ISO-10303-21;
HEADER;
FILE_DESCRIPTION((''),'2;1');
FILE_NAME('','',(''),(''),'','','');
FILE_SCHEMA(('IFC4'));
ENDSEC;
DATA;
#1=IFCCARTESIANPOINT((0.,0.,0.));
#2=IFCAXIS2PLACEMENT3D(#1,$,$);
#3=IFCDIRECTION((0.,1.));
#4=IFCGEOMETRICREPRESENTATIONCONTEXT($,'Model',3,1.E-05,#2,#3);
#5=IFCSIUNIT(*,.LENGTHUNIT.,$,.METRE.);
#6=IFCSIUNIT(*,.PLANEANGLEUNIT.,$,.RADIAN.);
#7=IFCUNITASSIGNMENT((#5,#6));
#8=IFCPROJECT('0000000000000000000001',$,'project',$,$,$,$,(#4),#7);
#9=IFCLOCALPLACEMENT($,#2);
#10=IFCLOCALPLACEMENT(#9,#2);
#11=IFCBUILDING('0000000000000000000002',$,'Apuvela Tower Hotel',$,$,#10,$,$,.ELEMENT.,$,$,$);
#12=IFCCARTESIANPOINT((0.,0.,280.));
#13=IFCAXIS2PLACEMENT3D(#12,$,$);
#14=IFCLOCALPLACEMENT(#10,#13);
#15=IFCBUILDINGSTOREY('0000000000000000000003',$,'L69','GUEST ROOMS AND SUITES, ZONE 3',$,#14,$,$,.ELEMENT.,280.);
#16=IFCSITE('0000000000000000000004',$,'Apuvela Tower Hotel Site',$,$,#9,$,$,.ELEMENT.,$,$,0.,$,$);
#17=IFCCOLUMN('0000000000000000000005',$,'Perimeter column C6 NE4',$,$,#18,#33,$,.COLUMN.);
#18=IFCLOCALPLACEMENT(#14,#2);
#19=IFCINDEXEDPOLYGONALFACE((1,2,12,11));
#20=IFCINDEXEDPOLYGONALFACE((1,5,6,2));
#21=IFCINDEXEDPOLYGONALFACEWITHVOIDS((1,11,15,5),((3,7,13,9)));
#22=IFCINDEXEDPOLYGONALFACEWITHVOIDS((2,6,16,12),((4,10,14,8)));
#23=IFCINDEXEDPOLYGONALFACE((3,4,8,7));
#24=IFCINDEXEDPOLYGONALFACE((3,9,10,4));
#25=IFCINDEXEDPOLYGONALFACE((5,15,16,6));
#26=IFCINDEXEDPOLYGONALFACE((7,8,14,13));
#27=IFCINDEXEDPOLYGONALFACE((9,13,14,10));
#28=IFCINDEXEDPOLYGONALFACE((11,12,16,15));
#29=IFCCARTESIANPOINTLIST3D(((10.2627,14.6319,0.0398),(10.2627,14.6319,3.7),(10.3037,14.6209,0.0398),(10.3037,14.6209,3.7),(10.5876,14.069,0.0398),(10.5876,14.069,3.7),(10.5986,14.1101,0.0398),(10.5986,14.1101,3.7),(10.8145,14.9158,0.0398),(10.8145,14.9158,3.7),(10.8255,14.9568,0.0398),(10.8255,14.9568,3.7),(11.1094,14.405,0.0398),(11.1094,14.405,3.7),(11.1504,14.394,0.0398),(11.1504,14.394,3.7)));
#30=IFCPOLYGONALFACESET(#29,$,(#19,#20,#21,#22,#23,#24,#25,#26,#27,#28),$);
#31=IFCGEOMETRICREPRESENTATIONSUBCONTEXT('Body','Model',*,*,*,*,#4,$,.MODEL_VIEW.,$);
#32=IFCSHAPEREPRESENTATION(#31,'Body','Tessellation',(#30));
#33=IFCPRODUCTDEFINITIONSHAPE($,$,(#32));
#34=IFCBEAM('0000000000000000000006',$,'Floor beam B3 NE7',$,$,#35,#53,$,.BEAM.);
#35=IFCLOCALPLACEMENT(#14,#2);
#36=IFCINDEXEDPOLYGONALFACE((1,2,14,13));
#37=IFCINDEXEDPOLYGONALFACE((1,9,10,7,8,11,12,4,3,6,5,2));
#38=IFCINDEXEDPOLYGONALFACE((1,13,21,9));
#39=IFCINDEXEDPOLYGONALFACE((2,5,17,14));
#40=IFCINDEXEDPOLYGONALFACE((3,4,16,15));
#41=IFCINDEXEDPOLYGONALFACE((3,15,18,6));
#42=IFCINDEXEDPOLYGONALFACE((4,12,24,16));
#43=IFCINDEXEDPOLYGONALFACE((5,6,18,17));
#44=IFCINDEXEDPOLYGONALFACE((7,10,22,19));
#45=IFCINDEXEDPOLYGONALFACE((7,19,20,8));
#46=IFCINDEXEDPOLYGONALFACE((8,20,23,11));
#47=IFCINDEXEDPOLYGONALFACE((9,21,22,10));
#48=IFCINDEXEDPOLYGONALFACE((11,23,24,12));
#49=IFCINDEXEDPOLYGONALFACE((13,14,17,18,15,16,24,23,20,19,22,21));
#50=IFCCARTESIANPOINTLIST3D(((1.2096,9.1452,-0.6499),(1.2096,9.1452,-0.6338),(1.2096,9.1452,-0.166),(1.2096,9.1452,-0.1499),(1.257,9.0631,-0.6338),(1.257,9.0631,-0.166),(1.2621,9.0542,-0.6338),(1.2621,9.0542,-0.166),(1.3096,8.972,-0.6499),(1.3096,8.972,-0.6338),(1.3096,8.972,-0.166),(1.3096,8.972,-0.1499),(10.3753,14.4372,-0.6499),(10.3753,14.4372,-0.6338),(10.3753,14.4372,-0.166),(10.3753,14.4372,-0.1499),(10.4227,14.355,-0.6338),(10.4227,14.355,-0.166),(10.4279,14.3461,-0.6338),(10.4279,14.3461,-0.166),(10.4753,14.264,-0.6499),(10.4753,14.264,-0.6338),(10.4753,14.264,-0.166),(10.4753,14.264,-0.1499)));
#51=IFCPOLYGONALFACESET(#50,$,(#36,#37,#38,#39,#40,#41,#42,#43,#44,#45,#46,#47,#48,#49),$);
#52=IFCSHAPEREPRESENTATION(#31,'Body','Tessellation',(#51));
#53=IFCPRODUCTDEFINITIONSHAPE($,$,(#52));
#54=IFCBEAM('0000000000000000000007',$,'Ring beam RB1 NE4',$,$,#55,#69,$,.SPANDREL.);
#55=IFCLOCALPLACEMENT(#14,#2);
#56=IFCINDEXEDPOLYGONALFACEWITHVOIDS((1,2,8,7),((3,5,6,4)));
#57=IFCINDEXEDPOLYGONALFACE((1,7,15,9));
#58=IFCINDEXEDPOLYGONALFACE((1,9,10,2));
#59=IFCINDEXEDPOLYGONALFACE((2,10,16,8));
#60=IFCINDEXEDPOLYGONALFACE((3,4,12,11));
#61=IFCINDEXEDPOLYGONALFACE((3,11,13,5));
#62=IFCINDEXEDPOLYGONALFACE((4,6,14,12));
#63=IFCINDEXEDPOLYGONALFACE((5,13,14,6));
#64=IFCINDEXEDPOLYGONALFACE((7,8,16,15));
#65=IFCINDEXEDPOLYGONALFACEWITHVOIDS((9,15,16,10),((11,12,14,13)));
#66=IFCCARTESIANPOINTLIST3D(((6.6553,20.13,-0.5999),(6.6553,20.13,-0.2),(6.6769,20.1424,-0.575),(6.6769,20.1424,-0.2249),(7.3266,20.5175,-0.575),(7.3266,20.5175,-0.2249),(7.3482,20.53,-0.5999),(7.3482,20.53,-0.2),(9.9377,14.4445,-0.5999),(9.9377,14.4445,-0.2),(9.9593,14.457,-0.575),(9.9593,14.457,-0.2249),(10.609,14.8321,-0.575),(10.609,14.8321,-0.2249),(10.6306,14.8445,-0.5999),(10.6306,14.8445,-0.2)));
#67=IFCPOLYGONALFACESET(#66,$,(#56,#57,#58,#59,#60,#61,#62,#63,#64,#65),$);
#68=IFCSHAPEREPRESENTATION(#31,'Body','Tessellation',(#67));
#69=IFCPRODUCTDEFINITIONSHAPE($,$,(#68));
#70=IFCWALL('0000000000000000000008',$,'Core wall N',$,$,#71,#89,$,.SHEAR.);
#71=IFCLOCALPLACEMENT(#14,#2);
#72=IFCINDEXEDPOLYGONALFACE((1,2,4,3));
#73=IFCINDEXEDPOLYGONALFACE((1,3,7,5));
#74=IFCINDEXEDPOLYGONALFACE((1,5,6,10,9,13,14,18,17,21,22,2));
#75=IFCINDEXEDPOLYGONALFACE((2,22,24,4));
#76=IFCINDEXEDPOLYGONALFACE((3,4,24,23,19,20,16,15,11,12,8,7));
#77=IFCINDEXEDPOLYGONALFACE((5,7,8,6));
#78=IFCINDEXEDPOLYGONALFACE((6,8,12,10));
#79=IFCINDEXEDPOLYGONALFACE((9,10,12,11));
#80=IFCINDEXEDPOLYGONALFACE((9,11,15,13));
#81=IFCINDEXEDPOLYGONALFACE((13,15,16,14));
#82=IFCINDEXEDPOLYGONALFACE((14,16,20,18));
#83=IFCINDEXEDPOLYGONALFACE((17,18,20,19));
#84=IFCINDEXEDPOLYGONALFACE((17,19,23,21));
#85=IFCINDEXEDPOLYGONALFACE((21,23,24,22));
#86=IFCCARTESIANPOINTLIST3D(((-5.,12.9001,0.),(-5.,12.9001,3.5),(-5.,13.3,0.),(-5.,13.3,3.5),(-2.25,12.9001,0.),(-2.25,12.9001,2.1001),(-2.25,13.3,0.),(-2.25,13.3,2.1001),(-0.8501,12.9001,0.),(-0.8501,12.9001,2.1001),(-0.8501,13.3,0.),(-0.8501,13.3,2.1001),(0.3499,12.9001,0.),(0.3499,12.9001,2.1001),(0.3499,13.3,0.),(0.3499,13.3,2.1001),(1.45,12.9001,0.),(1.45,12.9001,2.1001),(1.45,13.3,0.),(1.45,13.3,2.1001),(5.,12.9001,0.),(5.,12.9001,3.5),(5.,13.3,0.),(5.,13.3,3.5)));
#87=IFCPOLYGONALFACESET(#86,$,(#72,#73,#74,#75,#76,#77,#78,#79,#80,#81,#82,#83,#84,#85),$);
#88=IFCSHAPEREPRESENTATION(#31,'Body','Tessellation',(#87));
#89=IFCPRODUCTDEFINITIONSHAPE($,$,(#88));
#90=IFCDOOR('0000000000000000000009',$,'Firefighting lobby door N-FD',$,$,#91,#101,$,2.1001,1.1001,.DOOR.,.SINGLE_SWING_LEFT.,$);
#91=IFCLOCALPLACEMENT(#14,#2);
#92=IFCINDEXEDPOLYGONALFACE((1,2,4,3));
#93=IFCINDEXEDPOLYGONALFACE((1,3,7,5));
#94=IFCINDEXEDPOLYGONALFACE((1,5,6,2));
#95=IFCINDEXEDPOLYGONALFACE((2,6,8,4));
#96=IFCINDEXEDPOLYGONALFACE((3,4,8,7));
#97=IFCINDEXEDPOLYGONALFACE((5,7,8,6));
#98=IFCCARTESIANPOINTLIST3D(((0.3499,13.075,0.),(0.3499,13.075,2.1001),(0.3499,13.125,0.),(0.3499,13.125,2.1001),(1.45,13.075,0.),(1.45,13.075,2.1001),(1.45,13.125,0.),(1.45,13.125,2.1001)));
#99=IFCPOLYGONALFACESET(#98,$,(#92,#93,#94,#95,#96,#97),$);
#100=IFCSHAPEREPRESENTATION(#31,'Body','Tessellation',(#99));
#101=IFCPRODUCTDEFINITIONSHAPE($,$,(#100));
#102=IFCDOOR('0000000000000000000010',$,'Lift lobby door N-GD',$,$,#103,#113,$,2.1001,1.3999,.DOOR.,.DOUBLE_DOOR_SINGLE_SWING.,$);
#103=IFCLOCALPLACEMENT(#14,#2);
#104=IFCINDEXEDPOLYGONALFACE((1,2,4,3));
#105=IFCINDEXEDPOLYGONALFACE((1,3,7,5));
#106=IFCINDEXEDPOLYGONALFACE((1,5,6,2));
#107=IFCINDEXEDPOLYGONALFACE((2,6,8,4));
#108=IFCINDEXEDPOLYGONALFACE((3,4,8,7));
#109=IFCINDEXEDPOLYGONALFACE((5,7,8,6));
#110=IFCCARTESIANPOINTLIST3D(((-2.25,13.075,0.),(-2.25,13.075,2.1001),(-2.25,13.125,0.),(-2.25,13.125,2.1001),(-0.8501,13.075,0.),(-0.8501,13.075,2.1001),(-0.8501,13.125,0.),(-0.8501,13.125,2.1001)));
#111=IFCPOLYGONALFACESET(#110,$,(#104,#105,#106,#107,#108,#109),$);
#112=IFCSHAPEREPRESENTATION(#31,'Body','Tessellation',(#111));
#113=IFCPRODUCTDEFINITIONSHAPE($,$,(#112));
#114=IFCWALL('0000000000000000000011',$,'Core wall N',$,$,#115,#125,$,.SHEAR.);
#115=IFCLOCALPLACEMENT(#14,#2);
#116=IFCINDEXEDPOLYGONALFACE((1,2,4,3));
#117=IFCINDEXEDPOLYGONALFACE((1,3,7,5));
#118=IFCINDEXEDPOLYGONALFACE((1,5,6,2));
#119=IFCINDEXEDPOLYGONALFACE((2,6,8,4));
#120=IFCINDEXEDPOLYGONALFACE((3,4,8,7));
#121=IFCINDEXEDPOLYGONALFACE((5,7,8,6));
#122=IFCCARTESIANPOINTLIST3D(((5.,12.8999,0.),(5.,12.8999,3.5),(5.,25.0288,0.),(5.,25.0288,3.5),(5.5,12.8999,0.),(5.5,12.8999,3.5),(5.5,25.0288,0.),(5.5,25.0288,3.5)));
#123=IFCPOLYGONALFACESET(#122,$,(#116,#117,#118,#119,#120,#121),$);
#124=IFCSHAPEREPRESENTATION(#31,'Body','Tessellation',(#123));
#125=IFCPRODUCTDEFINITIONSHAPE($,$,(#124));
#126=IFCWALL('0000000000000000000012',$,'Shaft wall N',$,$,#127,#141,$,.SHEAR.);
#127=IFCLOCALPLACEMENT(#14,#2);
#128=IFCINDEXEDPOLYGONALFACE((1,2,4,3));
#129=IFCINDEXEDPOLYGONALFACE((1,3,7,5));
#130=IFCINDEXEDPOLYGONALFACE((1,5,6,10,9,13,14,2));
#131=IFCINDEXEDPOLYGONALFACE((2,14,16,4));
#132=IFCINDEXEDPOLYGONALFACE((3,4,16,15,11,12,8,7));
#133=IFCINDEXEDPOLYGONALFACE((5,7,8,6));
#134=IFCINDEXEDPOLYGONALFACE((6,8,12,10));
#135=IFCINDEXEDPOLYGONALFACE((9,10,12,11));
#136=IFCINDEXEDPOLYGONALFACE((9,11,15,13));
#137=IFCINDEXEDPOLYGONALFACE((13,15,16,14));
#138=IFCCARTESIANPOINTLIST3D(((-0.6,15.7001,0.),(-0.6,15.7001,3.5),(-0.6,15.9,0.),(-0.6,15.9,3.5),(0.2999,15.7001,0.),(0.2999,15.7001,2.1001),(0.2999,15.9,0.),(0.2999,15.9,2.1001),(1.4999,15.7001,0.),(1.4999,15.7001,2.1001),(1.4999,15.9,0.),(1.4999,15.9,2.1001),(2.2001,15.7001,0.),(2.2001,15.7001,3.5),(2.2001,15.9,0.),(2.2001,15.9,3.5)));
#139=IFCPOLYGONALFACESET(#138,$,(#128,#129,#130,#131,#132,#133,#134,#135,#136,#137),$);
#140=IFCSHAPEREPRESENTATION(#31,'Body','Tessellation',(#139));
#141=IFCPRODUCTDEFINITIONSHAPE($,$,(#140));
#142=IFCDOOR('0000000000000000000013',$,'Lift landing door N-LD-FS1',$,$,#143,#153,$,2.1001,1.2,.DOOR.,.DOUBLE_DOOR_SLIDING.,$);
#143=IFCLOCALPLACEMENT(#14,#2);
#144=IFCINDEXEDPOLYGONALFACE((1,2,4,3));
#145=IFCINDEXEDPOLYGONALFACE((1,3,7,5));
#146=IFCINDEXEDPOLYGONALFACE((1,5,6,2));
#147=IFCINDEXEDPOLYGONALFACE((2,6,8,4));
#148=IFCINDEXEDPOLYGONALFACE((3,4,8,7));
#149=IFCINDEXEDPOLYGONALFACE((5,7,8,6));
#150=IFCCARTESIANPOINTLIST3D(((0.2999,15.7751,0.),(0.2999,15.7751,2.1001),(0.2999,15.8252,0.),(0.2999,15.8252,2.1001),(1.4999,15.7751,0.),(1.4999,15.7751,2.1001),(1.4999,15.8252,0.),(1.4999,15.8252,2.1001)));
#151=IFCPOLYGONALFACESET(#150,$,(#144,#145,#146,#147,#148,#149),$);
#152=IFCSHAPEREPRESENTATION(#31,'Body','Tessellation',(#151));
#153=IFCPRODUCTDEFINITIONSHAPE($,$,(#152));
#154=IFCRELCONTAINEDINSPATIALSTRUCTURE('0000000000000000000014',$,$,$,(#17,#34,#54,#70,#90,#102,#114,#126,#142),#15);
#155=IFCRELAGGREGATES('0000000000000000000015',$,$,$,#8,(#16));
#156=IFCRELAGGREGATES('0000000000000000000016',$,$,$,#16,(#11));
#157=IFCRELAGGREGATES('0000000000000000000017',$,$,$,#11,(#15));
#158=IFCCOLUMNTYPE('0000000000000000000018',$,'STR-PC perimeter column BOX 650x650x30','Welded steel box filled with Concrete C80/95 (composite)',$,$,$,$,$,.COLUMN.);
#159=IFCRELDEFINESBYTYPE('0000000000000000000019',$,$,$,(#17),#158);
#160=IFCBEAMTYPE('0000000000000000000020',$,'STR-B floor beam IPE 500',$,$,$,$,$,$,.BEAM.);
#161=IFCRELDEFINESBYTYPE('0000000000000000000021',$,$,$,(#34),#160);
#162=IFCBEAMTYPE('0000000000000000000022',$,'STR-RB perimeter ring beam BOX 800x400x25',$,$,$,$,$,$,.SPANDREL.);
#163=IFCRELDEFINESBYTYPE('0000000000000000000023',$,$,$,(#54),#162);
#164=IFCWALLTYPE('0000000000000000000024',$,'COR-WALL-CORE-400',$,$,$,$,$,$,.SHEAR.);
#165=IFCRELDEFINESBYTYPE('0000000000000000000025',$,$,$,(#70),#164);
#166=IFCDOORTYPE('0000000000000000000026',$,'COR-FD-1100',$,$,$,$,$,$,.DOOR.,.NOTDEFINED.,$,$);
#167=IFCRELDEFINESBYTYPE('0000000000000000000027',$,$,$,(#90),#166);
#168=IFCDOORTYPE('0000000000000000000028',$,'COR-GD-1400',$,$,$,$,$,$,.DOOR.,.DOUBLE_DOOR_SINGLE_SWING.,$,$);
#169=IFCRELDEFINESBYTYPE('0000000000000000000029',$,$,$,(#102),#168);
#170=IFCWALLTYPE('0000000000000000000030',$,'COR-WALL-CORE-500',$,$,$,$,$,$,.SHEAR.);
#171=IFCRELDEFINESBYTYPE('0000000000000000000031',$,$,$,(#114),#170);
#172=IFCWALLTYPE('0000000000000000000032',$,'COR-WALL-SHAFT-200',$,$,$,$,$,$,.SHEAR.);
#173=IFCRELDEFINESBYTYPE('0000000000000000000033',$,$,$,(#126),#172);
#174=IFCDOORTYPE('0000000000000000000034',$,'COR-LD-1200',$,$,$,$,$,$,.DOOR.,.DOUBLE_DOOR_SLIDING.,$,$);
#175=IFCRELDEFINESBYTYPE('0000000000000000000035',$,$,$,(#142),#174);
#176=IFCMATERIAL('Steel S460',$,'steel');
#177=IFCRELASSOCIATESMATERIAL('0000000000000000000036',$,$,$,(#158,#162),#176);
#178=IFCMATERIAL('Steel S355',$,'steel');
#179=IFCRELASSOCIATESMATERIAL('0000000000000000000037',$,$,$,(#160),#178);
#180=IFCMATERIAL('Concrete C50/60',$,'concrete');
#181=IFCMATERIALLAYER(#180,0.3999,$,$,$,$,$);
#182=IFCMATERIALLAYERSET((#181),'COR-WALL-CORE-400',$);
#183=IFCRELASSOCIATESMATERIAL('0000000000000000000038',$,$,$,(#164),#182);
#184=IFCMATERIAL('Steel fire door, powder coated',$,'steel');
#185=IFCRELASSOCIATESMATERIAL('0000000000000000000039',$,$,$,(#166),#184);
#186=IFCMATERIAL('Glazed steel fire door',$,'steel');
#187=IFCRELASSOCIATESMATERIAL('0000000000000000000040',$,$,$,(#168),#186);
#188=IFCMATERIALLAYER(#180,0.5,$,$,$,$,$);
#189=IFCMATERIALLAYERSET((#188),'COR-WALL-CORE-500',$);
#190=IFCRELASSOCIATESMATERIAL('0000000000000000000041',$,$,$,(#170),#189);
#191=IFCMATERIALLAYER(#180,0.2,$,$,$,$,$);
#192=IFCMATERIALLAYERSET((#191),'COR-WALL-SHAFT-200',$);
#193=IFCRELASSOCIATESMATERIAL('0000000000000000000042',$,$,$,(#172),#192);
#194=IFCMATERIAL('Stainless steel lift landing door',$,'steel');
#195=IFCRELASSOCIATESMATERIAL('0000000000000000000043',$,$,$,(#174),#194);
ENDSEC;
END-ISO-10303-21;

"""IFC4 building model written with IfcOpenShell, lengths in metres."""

from ifc_helpers import new_model, si_unit, direction, frame, frame_2d, origin, origin_2d, place, context, subcontext, project, spatial, rectangle, hollow_rectangle, i_section, extrude, boolean, halfspace, material, layer, layer_set, material_profile, profile_set, type_object, element, fill, save


model = new_model("IFC4")

# Units and contexts
model_context = context("Model", 3, precision=1e-05, world=origin(), true_north=direction((0.0, 1.0)))
body_context = subcontext(model_context, "Body", "Model", "MODEL_VIEW")
ifc_project = project(units=[si_unit("LENGTHUNIT", "METRE"), si_unit("PLANEANGLEUNIT", "RADIAN")], contexts=[model_context])

# Site, building, storey
site_placement = place(None, origin())
site = spatial("IfcSite", under=ifc_project, at=site_placement, Name="Apuvela Tower Hotel Site", CompositionType="ELEMENT", RefElevation=0.0)
building_placement = place(site_placement, origin())
building = spatial("IfcBuilding", under=site, at=building_placement, Name="Apuvela Tower Hotel", CompositionType="ELEMENT")
storey_placement = place(building_placement, frame((0.0, 0.0, 280.0)))
storey = spatial("IfcBuildingStorey", under=building, at=storey_placement, Name="L69", Description="GUEST ROOMS AND SUITES, ZONE 3", CompositionType="ELEMENT", Elevation=280.0)

# Column
ifc_material_1 = material(Name="Steel S460", Category="steel")
ifc_material_profile_1 = material_profile(ifc_material_1, hollow_rectangle(XDim=0.6499, YDim=0.6499, WallThickness=0.03, at=origin_2d()), Name="BOX 650x650x30")
ifc_material_2 = material(Name="Concrete C80/95", Category="concrete")
ifc_material_profile_2 = material_profile(ifc_material_2, rectangle(XDim=0.5901, YDim=0.5901, at=origin_2d()), Name="Concrete C80/95 infill")
ifc_profile_set_1 = profile_set([ifc_material_profile_1, ifc_material_profile_2], Name="Steel S460")
column_type = type_object("IfcColumnType", Name="STR-PC perimeter column BOX 650x650x30", Description="Welded steel box filled with Concrete C80/95 (composite)", PredefinedType="COLUMN", material=ifc_profile_set_1)
column_placement = place(storey_placement, frame((10.7065, 14.5129, 0.0), z_axis=(0.0, 0.0, 1.0), x_axis=(-0.5, 0.866025, 0.0)))
element("IfcColumn", 1, at=column_placement, inside=storey, type_object=column_type, Name="Perimeter column C6 NE4", PredefinedType="COLUMN", context=body_context, shape_type="SweptSolid", body=[
    boolean("DIFFERENCE", extrude(hollow_rectangle(XDim=0.6499, YDim=0.6499, WallThickness=0.03, at=origin_2d()), origin(), (0.0, 0.0, 1.0), 3.7), halfspace(frame((0.0, 0.0, 0.0398), z_axis=(0.0, 0.0, 1.0), x_axis=(1.0, 0.0, 0.0)), True)),
])

# Beams
ifc_material_3 = material(Name="Steel S355", Category="steel")
ifc_material_profile_3 = material_profile(ifc_material_3, i_section(OverallWidth=0.2, OverallDepth=0.5, WebThickness=0.0103, FlangeThickness=0.0161, at=origin_2d()), Name="IPE 500")
ifc_profile_set_2 = profile_set([ifc_material_profile_3], Name="Steel S355")
beam_type_1 = type_object("IfcBeamType", Name="STR-B floor beam IPE 500", PredefinedType="BEAM", material=ifc_profile_set_2)
beam_1_placement = place(storey_placement, frame((10.4253, 14.3506, -0.3999), z_axis=(-0.86602, -0.500009, 0.0), x_axis=(0.500009, -0.86602, 0.0)))
element("IfcBeam", 2, at=beam_1_placement, inside=storey, type_object=beam_type_1, Name="Floor beam B3 NE7", PredefinedType="BEAM", context=body_context, shape_type="SweptSolid", body=[
    extrude(i_section(OverallWidth=0.2, OverallDepth=0.5, WebThickness=0.0103, FlangeThickness=0.0161, at=origin_2d()), origin(), (0.0, 0.0, 1.0), 10.5837),
])
ifc_material_profile_4 = material_profile(ifc_material_1, hollow_rectangle(XDim=0.8, YDim=0.3999, WallThickness=0.0249, at=origin_2d()), Name="BOX 800x400x25")
ifc_profile_set_3 = profile_set([ifc_material_profile_4], Name="Steel S460")
beam_type_2 = type_object("IfcBeamType", Name="STR-RB perimeter ring beam BOX 800x400x25", PredefinedType="SPANDREL", material=ifc_profile_set_3)
beam_2_placement = place(storey_placement, frame((10.2842, 14.6445, -0.3999), z_axis=(-0.499991, 0.866031, 0.0), x_axis=(-0.866031, -0.499991, 0.0)))
element("IfcBeam", 3, at=beam_2_placement, inside=storey, type_object=beam_type_2, Name="Ring beam RB1 NE4", PredefinedType="SPANDREL", context=body_context, shape_type="SweptSolid", body=[
    extrude(hollow_rectangle(XDim=0.8, YDim=0.3999, WallThickness=0.0249, at=origin_2d()), origin(), (0.0, 0.0, 1.0), 6.5649),
])

# Wall, openings, doors
ifc_material_4 = material(Name="Concrete C50/60", Category="concrete")
ifc_layer_1 = layer(ifc_material_4, 0.3999)
ifc_layer_set_1 = layer_set([ifc_layer_1], Name="COR-WALL-CORE-400")
wall_type_1 = type_object("IfcWallType", Name="COR-WALL-CORE-400", PredefinedType="SHEAR", material=ifc_layer_set_1)
wall_1_placement = place(storey_placement, frame((5.0, 13.1001, 0.0), z_axis=(0.0, 0.0, 1.0), x_axis=(-1.0, 0.0, 0.0)))
wall_1 = element("IfcWall", 4, at=wall_1_placement, inside=storey, type_object=wall_type_1, Name="Core wall N", PredefinedType="SHEAR", context=body_context, shape_type="SweptSolid", body=[
    extrude(rectangle(XDim=10.0, YDim=0.3999, at=frame_2d((5.0, 0.0))), origin(), (0.0, 0.0, 1.0), 3.5),
])
opening_1_placement = place(wall_1_placement, frame((3.55, 0.0, 0.0)))
opening_1 = element("IfcOpeningElement", 5, at=opening_1_placement, cuts=wall_1, PredefinedType="OPENING", context=body_context, shape_type="SweptSolid", body=[
    extrude(rectangle(XDim=1.1001, YDim=2.1001, at=frame_2d((0.55, 1.05))), frame((0.0, 0.21, 0.0), z_axis=(0.0, -1.0, 0.0), x_axis=(1.0, 0.0, 0.0)), (0.0, 0.0, 1.0), 0.4199),
])
opening_2_placement = place(wall_1_placement, frame((5.8501, 0.0, 0.0)))
opening_2 = element("IfcOpeningElement", 6, at=opening_2_placement, cuts=wall_1, PredefinedType="OPENING", context=body_context, shape_type="SweptSolid", body=[
    extrude(rectangle(XDim=1.3999, YDim=2.1001, at=frame_2d((0.7, 1.05))), frame((0.0, 0.21, 0.0), z_axis=(0.0, -1.0, 0.0), x_axis=(1.0, 0.0, 0.0)), (0.0, 0.0, 1.0), 0.4199),
])
ifc_material_5 = material(Name="Steel fire door, powder coated", Category="steel")
door_type_1 = type_object("IfcDoorType", Name="COR-FD-1100", OperationType="NOTDEFINED", PredefinedType="DOOR", material=ifc_material_5)
door_1_placement = place(opening_1_placement, frame((1.1001, 0.0, 0.0), z_axis=(0.0, 0.0, 1.0), x_axis=(-1.0, 0.0, 0.0)))
door_1 = element("IfcDoor", 7, at=door_1_placement, inside=storey, type_object=door_type_1, Name="Firefighting lobby door N-FD", OperationType="SINGLE_SWING_LEFT", OverallHeight=2.1001, OverallWidth=1.1001, PredefinedType="DOOR", context=body_context, shape_type="SweptSolid", body=[
    extrude(rectangle(XDim=1.1001, YDim=2.1001, at=frame_2d((0.55, 1.05))), frame((0.0, 0.0249, 0.0), z_axis=(0.0, -1.0, 0.0), x_axis=(1.0, 0.0, 0.0)), (0.0, 0.0, 1.0), 0.05),
])
fill(opening_1, door_1)
ifc_material_6 = material(Name="Glazed steel fire door", Category="steel")
door_type_2 = type_object("IfcDoorType", Name="COR-GD-1400", OperationType="DOUBLE_DOOR_SINGLE_SWING", PredefinedType="DOOR", material=ifc_material_6)
door_2_placement = place(opening_2_placement, frame((1.3999, 0.0, 0.0), z_axis=(0.0, 0.0, 1.0), x_axis=(-1.0, 0.0, 0.0)))
door_2 = element("IfcDoor", 8, at=door_2_placement, inside=storey, type_object=door_type_2, Name="Lift lobby door N-GD", OperationType="DOUBLE_DOOR_SINGLE_SWING", OverallHeight=2.1001, OverallWidth=1.3999, PredefinedType="DOOR", context=body_context, shape_type="SweptSolid", body=[
    extrude(rectangle(XDim=1.3999, YDim=2.1001, at=frame_2d((0.7, 1.05))), frame((0.0, 0.0249, 0.0), z_axis=(0.0, -1.0, 0.0), x_axis=(1.0, 0.0, 0.0)), (0.0, 0.0, 1.0), 0.05),
])
fill(opening_2, door_2)

# Wall
ifc_layer_2 = layer(ifc_material_4, 0.5)
ifc_layer_set_2 = layer_set([ifc_layer_2], Name="COR-WALL-CORE-500")
wall_type_2 = type_object("IfcWallType", Name="COR-WALL-CORE-500", PredefinedType="SHEAR", material=ifc_layer_set_2)
wall_2_placement = place(storey_placement, frame((5.25, 12.8999, 0.0), z_axis=(0.0, 0.0, 1.0), x_axis=(0.0, 1.0, 0.0)))
element("IfcWall", 9, at=wall_2_placement, inside=storey, type_object=wall_type_2, Name="Core wall N", PredefinedType="SHEAR", context=body_context, shape_type="SweptSolid", body=[
    extrude(rectangle(XDim=12.1289, YDim=0.5, at=frame_2d((6.0645, 0.0))), origin(), (0.0, 0.0, 1.0), 3.5),
])

# Wall, opening, door
ifc_layer_3 = layer(ifc_material_4, 0.2)
ifc_layer_set_3 = layer_set([ifc_layer_3], Name="COR-WALL-SHAFT-200")
wall_type_3 = type_object("IfcWallType", Name="COR-WALL-SHAFT-200", PredefinedType="SHEAR", material=ifc_layer_set_3)
wall_3_placement = place(storey_placement, frame((2.2, 15.8, 0.0), z_axis=(0.0, 0.0, 1.0), x_axis=(-1.0, 0.0, 0.0)))
wall_3 = element("IfcWall", 10, at=wall_3_placement, inside=storey, type_object=wall_type_3, Name="Shaft wall N", PredefinedType="SHEAR", context=body_context, shape_type="SweptSolid", body=[
    extrude(rectangle(XDim=2.8, YDim=0.2, at=frame_2d((1.3999, 0.0))), origin(), (0.0, 0.0, 1.0), 3.5),
])
opening_3_placement = place(wall_3_placement, frame((0.7, 0.0, 0.0)))
opening_3 = element("IfcOpeningElement", 11, at=opening_3_placement, cuts=wall_3, PredefinedType="OPENING", context=body_context, shape_type="SweptSolid", body=[
    extrude(rectangle(XDim=1.2, YDim=2.1001, at=frame_2d((0.6001, 1.05))), frame((0.0, 0.1099, 0.0), z_axis=(0.0, -1.0, 0.0), x_axis=(1.0, 0.0, 0.0)), (0.0, 0.0, 1.0), 0.22),
])
ifc_material_7 = material(Name="Stainless steel lift landing door", Category="steel")
door_type_3 = type_object("IfcDoorType", Name="COR-LD-1200", OperationType="DOUBLE_DOOR_SLIDING", PredefinedType="DOOR", material=ifc_material_7)
door_3_placement = place(opening_3_placement, origin())
door_3 = element("IfcDoor", 12, at=door_3_placement, inside=storey, type_object=door_type_3, Name="Lift landing door N-LD-FS1", OperationType="DOUBLE_DOOR_SLIDING", OverallHeight=2.1001, OverallWidth=1.2, PredefinedType="DOOR", context=body_context, shape_type="SweptSolid", body=[
    extrude(rectangle(XDim=1.2, YDim=2.1001, at=frame_2d((0.6001, 1.05))), frame((0.0, 0.0249, 0.0), z_axis=(0.0, -1.0, 0.0), x_axis=(1.0, 0.0, 0.0)), (0.0, 0.0, 1.0), 0.05),
])
fill(opening_3, door_3)

save(model, "model.ifc")
